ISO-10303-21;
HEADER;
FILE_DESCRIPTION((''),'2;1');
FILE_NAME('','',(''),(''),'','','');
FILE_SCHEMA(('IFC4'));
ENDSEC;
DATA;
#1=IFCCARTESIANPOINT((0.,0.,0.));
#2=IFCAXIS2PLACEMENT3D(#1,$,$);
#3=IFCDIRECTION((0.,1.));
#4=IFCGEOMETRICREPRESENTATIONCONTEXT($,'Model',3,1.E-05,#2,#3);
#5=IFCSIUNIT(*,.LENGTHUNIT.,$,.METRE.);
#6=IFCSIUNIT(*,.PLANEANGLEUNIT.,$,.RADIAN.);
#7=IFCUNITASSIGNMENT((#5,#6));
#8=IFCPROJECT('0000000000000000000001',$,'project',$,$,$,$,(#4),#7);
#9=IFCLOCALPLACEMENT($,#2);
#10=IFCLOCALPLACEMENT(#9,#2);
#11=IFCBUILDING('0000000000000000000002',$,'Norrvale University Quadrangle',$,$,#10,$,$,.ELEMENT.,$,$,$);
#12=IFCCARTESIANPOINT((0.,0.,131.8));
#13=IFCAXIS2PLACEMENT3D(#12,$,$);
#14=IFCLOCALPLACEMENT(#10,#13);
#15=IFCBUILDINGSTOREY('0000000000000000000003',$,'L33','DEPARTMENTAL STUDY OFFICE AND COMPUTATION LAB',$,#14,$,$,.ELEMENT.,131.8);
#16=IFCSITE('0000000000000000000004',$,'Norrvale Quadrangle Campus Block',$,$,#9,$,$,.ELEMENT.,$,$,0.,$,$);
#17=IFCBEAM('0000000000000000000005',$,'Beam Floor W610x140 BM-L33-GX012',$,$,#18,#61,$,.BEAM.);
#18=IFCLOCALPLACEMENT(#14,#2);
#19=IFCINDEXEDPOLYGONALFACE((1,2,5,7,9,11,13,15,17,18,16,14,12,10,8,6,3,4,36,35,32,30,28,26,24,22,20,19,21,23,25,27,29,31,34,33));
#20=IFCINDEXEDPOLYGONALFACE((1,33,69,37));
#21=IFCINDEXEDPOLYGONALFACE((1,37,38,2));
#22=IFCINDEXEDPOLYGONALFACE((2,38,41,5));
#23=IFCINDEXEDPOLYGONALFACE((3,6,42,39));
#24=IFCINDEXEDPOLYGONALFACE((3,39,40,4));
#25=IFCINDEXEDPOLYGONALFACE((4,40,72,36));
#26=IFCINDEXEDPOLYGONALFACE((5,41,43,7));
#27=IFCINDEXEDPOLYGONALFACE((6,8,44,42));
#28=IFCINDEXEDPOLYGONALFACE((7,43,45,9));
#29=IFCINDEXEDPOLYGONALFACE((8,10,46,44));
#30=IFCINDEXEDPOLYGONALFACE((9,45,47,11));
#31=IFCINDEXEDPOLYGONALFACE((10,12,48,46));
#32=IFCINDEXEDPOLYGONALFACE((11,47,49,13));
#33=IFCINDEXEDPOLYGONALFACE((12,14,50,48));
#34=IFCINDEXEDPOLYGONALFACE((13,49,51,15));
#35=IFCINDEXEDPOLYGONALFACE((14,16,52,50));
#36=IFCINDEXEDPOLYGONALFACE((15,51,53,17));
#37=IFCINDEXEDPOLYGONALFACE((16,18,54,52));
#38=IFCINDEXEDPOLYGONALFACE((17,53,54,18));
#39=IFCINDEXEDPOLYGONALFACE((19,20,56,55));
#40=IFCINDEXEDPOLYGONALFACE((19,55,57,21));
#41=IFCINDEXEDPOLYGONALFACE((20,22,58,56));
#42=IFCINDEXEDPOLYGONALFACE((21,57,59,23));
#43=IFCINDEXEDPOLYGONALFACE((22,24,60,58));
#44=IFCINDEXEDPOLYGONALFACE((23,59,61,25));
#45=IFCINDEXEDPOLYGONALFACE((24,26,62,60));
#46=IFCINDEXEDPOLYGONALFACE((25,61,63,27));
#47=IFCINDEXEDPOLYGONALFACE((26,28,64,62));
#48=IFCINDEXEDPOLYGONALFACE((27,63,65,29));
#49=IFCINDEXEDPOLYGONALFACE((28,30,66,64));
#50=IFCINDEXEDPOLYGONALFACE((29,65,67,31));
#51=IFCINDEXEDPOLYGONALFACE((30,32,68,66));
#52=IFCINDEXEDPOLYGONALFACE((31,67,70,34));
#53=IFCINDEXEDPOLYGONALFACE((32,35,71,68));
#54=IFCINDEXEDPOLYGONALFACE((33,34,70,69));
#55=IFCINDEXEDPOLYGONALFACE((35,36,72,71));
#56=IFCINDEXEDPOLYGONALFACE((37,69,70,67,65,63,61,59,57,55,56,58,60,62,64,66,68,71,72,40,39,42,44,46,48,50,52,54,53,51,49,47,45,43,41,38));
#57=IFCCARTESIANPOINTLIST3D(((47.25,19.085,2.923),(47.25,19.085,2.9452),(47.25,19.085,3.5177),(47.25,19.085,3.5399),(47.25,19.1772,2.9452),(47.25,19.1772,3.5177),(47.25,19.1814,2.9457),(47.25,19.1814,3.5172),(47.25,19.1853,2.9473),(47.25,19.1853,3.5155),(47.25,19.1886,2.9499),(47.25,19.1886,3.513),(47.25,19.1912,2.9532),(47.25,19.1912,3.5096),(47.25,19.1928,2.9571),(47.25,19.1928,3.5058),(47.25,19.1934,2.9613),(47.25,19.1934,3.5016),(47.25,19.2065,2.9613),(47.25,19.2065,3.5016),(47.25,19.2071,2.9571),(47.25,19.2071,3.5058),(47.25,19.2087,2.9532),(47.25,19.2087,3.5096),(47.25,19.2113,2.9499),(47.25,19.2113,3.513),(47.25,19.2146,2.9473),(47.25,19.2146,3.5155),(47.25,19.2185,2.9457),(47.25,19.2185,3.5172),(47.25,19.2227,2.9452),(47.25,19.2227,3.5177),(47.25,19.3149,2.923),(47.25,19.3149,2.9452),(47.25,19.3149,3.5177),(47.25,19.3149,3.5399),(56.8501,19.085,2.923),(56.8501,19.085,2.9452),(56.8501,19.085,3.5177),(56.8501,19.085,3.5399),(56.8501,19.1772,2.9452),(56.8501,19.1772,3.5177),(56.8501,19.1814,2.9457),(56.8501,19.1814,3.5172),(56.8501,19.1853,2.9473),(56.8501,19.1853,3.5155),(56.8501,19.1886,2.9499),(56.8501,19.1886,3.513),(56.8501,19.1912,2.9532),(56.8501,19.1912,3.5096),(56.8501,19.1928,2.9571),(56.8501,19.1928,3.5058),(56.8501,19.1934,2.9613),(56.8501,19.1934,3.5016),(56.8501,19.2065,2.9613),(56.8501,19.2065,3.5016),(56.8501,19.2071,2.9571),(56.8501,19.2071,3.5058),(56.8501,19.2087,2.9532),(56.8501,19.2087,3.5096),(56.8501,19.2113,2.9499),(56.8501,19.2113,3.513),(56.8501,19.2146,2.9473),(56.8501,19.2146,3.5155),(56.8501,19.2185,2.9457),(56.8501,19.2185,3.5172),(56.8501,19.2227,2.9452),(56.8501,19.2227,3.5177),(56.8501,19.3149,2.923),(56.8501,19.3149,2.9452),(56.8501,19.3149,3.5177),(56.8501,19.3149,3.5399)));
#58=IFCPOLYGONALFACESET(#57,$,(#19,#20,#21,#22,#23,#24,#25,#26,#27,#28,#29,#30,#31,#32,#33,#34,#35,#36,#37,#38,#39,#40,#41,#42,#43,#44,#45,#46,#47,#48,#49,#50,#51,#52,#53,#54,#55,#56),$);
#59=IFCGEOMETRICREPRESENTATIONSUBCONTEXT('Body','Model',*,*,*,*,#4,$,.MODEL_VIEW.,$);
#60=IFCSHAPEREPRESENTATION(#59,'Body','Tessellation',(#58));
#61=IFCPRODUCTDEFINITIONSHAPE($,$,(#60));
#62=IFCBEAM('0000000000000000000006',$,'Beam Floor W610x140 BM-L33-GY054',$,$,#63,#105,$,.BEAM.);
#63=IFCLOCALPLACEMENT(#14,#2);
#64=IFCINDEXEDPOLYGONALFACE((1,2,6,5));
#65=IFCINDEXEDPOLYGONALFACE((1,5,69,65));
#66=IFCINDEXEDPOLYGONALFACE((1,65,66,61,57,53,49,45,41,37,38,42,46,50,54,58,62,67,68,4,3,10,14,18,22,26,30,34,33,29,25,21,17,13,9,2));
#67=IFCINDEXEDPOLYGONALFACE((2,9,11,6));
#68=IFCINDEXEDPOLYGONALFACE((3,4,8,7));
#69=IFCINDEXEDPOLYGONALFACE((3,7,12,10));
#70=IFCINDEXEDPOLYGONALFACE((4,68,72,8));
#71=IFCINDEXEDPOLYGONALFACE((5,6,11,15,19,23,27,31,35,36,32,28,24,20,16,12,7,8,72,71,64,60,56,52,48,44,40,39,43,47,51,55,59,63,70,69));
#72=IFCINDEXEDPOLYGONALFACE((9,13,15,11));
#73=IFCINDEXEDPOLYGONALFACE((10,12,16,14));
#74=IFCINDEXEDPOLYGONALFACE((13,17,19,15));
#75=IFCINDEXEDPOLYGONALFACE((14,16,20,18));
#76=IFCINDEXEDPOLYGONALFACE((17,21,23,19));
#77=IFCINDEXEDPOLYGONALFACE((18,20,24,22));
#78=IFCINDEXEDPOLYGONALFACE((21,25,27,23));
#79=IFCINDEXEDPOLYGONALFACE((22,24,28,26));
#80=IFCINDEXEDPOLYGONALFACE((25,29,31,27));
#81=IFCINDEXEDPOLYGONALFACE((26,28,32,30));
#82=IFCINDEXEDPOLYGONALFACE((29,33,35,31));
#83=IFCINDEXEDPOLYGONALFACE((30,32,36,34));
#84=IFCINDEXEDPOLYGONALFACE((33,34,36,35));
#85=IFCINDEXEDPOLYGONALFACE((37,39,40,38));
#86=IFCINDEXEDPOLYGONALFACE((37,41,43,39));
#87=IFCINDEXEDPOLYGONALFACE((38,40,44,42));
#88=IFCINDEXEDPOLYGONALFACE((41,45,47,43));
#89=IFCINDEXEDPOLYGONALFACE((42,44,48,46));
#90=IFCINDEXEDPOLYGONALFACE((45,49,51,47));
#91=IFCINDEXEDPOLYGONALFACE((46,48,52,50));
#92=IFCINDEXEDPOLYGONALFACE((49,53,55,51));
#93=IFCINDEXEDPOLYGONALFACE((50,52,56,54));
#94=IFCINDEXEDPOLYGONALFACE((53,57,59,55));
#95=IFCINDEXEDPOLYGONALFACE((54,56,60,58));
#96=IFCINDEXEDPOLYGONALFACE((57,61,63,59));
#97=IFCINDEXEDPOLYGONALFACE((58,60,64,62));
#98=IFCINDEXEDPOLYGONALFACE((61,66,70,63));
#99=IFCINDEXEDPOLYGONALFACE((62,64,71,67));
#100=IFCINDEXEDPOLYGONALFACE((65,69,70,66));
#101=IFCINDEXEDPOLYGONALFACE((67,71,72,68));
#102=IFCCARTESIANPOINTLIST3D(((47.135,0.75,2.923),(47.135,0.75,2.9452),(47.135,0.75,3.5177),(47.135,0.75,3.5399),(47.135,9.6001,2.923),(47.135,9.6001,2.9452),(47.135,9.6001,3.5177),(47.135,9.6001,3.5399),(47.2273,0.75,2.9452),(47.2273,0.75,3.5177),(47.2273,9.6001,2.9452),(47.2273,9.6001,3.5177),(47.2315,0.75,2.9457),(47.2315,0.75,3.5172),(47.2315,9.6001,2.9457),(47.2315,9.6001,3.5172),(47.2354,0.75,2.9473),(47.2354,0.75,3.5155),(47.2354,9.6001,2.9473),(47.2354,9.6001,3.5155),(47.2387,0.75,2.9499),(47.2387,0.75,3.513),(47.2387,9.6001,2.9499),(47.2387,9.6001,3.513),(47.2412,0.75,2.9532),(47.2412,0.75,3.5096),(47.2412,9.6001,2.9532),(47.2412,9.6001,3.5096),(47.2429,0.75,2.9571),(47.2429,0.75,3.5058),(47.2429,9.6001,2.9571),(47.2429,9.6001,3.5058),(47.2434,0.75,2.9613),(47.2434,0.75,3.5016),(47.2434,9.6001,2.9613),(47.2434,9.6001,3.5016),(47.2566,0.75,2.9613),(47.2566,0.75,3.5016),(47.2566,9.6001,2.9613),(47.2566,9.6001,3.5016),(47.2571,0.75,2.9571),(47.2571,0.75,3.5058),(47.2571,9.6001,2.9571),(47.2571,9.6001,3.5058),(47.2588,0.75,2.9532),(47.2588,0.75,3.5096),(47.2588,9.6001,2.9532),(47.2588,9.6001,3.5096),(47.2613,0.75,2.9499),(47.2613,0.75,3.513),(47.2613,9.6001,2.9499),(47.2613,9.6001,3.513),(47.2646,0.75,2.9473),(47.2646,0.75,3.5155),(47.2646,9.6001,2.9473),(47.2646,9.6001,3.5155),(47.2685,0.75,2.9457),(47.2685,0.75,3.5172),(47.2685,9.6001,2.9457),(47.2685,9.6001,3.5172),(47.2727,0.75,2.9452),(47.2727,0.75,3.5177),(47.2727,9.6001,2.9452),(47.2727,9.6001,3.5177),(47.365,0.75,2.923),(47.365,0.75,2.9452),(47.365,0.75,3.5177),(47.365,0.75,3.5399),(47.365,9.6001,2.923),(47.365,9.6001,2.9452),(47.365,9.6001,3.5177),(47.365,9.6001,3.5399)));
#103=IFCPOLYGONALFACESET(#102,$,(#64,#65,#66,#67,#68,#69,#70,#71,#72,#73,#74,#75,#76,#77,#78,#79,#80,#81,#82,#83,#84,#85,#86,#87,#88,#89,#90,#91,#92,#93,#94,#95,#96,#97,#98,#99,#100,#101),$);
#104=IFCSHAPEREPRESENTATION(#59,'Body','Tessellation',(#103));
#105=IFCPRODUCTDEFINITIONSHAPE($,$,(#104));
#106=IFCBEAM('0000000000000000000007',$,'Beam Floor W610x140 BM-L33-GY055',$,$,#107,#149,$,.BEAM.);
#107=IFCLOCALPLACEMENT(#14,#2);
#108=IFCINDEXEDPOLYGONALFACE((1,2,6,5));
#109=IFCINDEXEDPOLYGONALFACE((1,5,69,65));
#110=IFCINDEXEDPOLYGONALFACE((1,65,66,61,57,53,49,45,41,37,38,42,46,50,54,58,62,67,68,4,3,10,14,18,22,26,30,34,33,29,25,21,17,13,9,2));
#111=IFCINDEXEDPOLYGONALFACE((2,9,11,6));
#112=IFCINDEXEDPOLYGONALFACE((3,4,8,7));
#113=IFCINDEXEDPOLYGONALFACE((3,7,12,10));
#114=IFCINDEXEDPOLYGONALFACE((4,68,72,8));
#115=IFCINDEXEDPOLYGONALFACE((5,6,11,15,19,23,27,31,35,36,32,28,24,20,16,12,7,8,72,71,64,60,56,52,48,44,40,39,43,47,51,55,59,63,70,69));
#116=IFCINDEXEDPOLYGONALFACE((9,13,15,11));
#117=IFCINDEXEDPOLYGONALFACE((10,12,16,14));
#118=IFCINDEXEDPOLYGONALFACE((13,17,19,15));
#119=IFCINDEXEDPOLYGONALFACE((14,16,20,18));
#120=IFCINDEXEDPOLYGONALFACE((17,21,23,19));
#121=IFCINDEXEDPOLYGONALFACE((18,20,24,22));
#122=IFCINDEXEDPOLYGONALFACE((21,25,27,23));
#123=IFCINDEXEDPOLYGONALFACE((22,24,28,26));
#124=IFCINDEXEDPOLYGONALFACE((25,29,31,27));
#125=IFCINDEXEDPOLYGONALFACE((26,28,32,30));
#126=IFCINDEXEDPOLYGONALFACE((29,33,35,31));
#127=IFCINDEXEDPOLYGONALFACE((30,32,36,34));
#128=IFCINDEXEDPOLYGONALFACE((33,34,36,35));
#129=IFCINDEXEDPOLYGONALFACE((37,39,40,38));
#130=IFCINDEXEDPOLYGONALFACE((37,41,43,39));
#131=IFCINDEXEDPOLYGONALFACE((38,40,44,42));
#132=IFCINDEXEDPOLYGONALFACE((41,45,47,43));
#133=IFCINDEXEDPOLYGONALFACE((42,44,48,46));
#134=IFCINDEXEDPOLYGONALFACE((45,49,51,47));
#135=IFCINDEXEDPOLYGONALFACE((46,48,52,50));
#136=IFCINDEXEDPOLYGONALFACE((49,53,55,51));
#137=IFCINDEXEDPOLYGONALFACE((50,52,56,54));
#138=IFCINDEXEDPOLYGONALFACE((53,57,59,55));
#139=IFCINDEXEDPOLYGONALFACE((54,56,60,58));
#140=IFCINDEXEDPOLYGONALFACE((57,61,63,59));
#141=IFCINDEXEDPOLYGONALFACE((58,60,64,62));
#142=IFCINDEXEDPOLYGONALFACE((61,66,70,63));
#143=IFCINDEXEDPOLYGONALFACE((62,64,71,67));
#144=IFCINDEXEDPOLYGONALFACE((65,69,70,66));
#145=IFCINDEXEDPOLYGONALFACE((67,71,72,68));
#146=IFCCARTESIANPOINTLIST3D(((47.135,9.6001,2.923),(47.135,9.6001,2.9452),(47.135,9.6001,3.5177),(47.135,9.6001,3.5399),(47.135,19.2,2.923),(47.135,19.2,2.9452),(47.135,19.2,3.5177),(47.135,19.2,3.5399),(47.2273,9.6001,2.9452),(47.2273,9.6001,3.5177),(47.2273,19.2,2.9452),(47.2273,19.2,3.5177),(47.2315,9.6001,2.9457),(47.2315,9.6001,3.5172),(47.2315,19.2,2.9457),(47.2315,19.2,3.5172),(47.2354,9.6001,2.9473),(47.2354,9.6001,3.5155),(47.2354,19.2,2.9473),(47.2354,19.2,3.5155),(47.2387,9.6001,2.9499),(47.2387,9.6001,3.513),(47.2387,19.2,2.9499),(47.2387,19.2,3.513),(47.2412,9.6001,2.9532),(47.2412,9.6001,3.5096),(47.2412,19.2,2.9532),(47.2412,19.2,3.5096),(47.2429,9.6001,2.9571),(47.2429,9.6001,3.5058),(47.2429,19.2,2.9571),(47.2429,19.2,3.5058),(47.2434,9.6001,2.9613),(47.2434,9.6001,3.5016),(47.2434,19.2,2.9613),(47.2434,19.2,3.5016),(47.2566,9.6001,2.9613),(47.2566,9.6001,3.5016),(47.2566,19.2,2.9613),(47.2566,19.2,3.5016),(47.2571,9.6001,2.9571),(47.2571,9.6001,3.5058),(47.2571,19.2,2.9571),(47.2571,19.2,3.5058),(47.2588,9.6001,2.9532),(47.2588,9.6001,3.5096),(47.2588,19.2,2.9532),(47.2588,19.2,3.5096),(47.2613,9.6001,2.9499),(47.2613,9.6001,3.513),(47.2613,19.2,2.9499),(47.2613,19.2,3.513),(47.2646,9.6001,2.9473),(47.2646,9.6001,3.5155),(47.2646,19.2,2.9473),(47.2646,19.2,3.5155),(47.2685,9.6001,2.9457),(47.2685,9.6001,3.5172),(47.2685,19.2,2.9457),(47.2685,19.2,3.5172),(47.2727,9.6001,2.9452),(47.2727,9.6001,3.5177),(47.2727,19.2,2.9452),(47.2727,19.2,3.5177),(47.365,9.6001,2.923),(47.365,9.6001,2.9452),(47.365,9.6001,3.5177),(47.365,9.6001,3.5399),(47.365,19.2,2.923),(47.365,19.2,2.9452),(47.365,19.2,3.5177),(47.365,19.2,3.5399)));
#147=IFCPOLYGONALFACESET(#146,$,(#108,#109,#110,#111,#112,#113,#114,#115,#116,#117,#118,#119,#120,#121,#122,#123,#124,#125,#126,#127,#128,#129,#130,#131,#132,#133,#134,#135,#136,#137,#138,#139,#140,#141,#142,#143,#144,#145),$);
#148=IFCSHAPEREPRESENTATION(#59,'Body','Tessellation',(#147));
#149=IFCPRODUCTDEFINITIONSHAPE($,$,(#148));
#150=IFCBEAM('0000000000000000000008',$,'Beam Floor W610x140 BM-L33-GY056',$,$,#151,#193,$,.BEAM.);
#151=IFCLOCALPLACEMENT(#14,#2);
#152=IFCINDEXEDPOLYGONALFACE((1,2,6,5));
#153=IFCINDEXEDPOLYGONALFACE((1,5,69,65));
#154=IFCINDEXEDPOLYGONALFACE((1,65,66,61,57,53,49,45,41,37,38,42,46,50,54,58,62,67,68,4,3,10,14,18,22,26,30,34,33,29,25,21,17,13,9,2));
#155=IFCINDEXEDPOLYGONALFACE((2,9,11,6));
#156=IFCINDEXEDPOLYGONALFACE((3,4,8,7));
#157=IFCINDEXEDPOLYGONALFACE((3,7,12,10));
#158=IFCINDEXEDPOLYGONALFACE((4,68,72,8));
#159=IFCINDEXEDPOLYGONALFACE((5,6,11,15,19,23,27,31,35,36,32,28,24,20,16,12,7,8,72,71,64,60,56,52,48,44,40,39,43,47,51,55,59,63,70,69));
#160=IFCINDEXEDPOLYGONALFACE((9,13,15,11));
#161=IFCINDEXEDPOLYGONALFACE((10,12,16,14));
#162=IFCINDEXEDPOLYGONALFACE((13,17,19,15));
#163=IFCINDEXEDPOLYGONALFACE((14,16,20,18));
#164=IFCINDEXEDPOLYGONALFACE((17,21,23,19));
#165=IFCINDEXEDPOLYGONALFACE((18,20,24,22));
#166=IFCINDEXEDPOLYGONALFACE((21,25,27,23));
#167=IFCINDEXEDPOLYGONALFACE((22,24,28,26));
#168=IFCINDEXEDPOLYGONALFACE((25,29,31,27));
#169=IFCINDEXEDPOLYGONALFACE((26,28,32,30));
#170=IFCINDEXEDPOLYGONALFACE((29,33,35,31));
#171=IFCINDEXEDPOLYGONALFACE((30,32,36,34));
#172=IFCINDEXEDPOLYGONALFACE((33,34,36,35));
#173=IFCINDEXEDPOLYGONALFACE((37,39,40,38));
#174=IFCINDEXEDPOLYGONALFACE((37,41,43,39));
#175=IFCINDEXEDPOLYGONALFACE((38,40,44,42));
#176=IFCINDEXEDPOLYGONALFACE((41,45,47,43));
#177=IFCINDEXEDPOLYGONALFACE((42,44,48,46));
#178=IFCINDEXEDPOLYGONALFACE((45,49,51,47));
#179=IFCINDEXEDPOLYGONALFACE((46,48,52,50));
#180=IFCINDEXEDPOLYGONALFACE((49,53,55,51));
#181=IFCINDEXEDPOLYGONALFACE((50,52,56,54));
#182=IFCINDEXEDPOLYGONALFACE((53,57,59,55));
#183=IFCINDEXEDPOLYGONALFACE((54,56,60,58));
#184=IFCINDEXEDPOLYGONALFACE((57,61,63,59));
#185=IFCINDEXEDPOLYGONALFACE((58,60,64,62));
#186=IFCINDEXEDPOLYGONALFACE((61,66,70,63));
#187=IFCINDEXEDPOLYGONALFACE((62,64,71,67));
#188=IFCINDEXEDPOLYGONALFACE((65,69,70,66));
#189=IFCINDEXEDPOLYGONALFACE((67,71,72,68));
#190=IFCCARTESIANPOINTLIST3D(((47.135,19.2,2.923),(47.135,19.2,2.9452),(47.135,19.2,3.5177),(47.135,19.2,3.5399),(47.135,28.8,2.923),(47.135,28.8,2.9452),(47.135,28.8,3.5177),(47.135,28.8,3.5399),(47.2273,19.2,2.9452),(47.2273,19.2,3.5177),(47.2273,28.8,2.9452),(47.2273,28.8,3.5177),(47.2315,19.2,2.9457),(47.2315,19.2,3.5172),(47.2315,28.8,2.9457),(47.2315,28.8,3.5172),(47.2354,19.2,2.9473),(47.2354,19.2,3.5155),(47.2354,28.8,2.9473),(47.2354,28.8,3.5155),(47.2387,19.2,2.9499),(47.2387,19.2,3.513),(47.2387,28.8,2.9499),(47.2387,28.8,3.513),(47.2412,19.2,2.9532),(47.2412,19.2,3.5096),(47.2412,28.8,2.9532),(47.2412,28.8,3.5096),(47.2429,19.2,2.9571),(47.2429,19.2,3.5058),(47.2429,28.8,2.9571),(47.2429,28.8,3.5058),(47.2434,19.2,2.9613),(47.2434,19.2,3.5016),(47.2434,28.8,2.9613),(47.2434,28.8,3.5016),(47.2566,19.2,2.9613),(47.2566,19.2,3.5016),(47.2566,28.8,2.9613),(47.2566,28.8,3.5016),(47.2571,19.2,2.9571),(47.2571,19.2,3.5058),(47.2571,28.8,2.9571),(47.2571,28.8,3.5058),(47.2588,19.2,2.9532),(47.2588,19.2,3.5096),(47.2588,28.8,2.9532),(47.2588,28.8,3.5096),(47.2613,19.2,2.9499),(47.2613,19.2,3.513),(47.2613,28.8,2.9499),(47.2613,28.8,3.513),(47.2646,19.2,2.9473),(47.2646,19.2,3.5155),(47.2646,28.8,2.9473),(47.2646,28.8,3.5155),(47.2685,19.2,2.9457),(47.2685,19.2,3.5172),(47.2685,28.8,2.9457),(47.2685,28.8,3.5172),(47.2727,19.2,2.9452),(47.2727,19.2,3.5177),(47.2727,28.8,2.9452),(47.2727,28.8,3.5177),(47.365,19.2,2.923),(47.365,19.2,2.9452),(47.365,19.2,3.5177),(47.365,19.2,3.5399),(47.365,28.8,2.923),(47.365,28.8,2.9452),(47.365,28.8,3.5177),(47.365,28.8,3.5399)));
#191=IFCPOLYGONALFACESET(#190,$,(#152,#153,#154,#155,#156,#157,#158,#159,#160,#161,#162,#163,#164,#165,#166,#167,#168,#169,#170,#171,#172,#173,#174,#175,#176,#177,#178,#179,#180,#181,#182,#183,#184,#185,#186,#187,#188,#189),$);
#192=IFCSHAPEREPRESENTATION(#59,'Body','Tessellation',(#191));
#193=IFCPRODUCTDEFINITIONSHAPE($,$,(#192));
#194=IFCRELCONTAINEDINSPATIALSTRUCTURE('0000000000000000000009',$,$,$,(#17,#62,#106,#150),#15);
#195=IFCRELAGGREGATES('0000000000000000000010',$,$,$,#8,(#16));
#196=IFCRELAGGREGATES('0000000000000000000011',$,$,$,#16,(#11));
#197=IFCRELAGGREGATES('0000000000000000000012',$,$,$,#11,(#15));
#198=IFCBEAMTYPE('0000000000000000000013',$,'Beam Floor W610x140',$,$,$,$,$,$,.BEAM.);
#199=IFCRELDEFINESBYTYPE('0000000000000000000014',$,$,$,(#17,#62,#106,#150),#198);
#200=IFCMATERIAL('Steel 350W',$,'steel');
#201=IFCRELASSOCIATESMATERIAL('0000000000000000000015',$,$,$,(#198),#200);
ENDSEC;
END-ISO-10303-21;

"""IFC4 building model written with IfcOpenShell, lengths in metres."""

from ifc_helpers import new_model, si_unit, direction, frame, origin, origin_2d, place, context, subcontext, project, spatial, i_section, extrude, material, material_profile, profile_set, type_object, element, save


model = new_model("IFC4")

# Units and contexts
model_context = context("Model", 3, precision=1e-05, world=origin(), true_north=direction((0.0, 1.0)))
body_context = subcontext(model_context, "Body", "Model", "MODEL_VIEW")
ifc_project = project(units=[si_unit("LENGTHUNIT", "METRE"), si_unit("PLANEANGLEUNIT", "RADIAN")], contexts=[model_context])

# Site, building, storey
site_placement = place(None, origin())
site = spatial("IfcSite", under=ifc_project, at=site_placement, Name="Norrvale Quadrangle Campus Block", CompositionType="ELEMENT", RefElevation=0.0)
building_placement = place(site_placement, origin())
building = spatial("IfcBuilding", under=site, at=building_placement, Name="Norrvale University Quadrangle", CompositionType="ELEMENT")
storey_placement = place(building_placement, frame((0.0, 0.0, 131.8)))
storey = spatial("IfcBuildingStorey", under=building, at=storey_placement, Name="L33", Description="DEPARTMENTAL STUDY OFFICE AND COMPUTATION LAB", CompositionType="ELEMENT", Elevation=131.8)

# Beams
ifc_material_1 = material(Name="Steel 350W", Category="steel")
ifc_material_profile_1 = material_profile(ifc_material_1, i_section(OverallWidth=0.23, OverallDepth=0.6169, WebThickness=0.0132, FlangeThickness=0.0222, FilletRadius=0.0161, at=origin_2d()), Name="Steel 350W")
ifc_profile_set_1 = profile_set([ifc_material_profile_1], Name="Steel 350W")
beam_type_1 = type_object("IfcBeamType", Name="Beam Floor W610x140", PredefinedType="BEAM", material=ifc_profile_set_1)
for number, where, z_axis, x_axis, name in (
    (1, (47.25, 19.2, 3.2314), (1.0, 0.0, 0.0), (0.0, 1.0, 0.0), "Beam Floor W610x140 BM-L33-GX012"),
):
    element("IfcBeam", number, at=place(storey_placement, frame(where, z_axis=z_axis, x_axis=x_axis)), inside=storey, type_object=beam_type_1, Name=name, PredefinedType="BEAM", context=body_context, shape_type="SweptSolid", body=[
        extrude(i_section(OverallWidth=0.23, OverallDepth=0.6169, WebThickness=0.0132, FlangeThickness=0.0222, FilletRadius=0.0161, at=origin_2d()), origin(), (0.0, 0.0, 1.0), 9.6001),
    ])
beam_1_placement = place(storey_placement, frame((47.25, 0.75, 3.2314), z_axis=(0.0, 1.0, 0.0), x_axis=(-1.0, 0.0, 0.0)))
element("IfcBeam", 2, at=beam_1_placement, inside=storey, type_object=beam_type_1, Name="Beam Floor W610x140 BM-L33-GY054", PredefinedType="BEAM", context=body_context, shape_type="SweptSolid", body=[
    extrude(i_section(OverallWidth=0.23, OverallDepth=0.6169, WebThickness=0.0132, FlangeThickness=0.0222, FilletRadius=0.0161, at=origin_2d()), origin(), (0.0, 0.0, 1.0), 8.8501),
])
beam_2_placement = place(storey_placement, frame((47.25, 9.6001, 3.2314), z_axis=(0.0, 1.0, 0.0), x_axis=(-1.0, 0.0, 0.0)))
element("IfcBeam", 3, at=beam_2_placement, inside=storey, type_object=beam_type_1, Name="Beam Floor W610x140 BM-L33-GY055", PredefinedType="BEAM", context=body_context, shape_type="SweptSolid", body=[
    extrude(i_section(OverallWidth=0.23, OverallDepth=0.6169, WebThickness=0.0132, FlangeThickness=0.0222, FilletRadius=0.0161, at=origin_2d()), origin(), (0.0, 0.0, 1.0), 9.5999),
])
beam_3_placement = place(storey_placement, frame((47.25, 19.2, 3.2314), z_axis=(0.0, 1.0, 0.0), x_axis=(-1.0, 0.0, 0.0)))
element("IfcBeam", 4, at=beam_3_placement, inside=storey, type_object=beam_type_1, Name="Beam Floor W610x140 BM-L33-GY056", PredefinedType="BEAM", context=body_context, shape_type="SweptSolid", body=[
    extrude(i_section(OverallWidth=0.23, OverallDepth=0.6169, WebThickness=0.0132, FlangeThickness=0.0222, FilletRadius=0.0161, at=origin_2d()), origin(), (0.0, 0.0, 1.0), 9.6001),
])

save(model, "model.ifc")
